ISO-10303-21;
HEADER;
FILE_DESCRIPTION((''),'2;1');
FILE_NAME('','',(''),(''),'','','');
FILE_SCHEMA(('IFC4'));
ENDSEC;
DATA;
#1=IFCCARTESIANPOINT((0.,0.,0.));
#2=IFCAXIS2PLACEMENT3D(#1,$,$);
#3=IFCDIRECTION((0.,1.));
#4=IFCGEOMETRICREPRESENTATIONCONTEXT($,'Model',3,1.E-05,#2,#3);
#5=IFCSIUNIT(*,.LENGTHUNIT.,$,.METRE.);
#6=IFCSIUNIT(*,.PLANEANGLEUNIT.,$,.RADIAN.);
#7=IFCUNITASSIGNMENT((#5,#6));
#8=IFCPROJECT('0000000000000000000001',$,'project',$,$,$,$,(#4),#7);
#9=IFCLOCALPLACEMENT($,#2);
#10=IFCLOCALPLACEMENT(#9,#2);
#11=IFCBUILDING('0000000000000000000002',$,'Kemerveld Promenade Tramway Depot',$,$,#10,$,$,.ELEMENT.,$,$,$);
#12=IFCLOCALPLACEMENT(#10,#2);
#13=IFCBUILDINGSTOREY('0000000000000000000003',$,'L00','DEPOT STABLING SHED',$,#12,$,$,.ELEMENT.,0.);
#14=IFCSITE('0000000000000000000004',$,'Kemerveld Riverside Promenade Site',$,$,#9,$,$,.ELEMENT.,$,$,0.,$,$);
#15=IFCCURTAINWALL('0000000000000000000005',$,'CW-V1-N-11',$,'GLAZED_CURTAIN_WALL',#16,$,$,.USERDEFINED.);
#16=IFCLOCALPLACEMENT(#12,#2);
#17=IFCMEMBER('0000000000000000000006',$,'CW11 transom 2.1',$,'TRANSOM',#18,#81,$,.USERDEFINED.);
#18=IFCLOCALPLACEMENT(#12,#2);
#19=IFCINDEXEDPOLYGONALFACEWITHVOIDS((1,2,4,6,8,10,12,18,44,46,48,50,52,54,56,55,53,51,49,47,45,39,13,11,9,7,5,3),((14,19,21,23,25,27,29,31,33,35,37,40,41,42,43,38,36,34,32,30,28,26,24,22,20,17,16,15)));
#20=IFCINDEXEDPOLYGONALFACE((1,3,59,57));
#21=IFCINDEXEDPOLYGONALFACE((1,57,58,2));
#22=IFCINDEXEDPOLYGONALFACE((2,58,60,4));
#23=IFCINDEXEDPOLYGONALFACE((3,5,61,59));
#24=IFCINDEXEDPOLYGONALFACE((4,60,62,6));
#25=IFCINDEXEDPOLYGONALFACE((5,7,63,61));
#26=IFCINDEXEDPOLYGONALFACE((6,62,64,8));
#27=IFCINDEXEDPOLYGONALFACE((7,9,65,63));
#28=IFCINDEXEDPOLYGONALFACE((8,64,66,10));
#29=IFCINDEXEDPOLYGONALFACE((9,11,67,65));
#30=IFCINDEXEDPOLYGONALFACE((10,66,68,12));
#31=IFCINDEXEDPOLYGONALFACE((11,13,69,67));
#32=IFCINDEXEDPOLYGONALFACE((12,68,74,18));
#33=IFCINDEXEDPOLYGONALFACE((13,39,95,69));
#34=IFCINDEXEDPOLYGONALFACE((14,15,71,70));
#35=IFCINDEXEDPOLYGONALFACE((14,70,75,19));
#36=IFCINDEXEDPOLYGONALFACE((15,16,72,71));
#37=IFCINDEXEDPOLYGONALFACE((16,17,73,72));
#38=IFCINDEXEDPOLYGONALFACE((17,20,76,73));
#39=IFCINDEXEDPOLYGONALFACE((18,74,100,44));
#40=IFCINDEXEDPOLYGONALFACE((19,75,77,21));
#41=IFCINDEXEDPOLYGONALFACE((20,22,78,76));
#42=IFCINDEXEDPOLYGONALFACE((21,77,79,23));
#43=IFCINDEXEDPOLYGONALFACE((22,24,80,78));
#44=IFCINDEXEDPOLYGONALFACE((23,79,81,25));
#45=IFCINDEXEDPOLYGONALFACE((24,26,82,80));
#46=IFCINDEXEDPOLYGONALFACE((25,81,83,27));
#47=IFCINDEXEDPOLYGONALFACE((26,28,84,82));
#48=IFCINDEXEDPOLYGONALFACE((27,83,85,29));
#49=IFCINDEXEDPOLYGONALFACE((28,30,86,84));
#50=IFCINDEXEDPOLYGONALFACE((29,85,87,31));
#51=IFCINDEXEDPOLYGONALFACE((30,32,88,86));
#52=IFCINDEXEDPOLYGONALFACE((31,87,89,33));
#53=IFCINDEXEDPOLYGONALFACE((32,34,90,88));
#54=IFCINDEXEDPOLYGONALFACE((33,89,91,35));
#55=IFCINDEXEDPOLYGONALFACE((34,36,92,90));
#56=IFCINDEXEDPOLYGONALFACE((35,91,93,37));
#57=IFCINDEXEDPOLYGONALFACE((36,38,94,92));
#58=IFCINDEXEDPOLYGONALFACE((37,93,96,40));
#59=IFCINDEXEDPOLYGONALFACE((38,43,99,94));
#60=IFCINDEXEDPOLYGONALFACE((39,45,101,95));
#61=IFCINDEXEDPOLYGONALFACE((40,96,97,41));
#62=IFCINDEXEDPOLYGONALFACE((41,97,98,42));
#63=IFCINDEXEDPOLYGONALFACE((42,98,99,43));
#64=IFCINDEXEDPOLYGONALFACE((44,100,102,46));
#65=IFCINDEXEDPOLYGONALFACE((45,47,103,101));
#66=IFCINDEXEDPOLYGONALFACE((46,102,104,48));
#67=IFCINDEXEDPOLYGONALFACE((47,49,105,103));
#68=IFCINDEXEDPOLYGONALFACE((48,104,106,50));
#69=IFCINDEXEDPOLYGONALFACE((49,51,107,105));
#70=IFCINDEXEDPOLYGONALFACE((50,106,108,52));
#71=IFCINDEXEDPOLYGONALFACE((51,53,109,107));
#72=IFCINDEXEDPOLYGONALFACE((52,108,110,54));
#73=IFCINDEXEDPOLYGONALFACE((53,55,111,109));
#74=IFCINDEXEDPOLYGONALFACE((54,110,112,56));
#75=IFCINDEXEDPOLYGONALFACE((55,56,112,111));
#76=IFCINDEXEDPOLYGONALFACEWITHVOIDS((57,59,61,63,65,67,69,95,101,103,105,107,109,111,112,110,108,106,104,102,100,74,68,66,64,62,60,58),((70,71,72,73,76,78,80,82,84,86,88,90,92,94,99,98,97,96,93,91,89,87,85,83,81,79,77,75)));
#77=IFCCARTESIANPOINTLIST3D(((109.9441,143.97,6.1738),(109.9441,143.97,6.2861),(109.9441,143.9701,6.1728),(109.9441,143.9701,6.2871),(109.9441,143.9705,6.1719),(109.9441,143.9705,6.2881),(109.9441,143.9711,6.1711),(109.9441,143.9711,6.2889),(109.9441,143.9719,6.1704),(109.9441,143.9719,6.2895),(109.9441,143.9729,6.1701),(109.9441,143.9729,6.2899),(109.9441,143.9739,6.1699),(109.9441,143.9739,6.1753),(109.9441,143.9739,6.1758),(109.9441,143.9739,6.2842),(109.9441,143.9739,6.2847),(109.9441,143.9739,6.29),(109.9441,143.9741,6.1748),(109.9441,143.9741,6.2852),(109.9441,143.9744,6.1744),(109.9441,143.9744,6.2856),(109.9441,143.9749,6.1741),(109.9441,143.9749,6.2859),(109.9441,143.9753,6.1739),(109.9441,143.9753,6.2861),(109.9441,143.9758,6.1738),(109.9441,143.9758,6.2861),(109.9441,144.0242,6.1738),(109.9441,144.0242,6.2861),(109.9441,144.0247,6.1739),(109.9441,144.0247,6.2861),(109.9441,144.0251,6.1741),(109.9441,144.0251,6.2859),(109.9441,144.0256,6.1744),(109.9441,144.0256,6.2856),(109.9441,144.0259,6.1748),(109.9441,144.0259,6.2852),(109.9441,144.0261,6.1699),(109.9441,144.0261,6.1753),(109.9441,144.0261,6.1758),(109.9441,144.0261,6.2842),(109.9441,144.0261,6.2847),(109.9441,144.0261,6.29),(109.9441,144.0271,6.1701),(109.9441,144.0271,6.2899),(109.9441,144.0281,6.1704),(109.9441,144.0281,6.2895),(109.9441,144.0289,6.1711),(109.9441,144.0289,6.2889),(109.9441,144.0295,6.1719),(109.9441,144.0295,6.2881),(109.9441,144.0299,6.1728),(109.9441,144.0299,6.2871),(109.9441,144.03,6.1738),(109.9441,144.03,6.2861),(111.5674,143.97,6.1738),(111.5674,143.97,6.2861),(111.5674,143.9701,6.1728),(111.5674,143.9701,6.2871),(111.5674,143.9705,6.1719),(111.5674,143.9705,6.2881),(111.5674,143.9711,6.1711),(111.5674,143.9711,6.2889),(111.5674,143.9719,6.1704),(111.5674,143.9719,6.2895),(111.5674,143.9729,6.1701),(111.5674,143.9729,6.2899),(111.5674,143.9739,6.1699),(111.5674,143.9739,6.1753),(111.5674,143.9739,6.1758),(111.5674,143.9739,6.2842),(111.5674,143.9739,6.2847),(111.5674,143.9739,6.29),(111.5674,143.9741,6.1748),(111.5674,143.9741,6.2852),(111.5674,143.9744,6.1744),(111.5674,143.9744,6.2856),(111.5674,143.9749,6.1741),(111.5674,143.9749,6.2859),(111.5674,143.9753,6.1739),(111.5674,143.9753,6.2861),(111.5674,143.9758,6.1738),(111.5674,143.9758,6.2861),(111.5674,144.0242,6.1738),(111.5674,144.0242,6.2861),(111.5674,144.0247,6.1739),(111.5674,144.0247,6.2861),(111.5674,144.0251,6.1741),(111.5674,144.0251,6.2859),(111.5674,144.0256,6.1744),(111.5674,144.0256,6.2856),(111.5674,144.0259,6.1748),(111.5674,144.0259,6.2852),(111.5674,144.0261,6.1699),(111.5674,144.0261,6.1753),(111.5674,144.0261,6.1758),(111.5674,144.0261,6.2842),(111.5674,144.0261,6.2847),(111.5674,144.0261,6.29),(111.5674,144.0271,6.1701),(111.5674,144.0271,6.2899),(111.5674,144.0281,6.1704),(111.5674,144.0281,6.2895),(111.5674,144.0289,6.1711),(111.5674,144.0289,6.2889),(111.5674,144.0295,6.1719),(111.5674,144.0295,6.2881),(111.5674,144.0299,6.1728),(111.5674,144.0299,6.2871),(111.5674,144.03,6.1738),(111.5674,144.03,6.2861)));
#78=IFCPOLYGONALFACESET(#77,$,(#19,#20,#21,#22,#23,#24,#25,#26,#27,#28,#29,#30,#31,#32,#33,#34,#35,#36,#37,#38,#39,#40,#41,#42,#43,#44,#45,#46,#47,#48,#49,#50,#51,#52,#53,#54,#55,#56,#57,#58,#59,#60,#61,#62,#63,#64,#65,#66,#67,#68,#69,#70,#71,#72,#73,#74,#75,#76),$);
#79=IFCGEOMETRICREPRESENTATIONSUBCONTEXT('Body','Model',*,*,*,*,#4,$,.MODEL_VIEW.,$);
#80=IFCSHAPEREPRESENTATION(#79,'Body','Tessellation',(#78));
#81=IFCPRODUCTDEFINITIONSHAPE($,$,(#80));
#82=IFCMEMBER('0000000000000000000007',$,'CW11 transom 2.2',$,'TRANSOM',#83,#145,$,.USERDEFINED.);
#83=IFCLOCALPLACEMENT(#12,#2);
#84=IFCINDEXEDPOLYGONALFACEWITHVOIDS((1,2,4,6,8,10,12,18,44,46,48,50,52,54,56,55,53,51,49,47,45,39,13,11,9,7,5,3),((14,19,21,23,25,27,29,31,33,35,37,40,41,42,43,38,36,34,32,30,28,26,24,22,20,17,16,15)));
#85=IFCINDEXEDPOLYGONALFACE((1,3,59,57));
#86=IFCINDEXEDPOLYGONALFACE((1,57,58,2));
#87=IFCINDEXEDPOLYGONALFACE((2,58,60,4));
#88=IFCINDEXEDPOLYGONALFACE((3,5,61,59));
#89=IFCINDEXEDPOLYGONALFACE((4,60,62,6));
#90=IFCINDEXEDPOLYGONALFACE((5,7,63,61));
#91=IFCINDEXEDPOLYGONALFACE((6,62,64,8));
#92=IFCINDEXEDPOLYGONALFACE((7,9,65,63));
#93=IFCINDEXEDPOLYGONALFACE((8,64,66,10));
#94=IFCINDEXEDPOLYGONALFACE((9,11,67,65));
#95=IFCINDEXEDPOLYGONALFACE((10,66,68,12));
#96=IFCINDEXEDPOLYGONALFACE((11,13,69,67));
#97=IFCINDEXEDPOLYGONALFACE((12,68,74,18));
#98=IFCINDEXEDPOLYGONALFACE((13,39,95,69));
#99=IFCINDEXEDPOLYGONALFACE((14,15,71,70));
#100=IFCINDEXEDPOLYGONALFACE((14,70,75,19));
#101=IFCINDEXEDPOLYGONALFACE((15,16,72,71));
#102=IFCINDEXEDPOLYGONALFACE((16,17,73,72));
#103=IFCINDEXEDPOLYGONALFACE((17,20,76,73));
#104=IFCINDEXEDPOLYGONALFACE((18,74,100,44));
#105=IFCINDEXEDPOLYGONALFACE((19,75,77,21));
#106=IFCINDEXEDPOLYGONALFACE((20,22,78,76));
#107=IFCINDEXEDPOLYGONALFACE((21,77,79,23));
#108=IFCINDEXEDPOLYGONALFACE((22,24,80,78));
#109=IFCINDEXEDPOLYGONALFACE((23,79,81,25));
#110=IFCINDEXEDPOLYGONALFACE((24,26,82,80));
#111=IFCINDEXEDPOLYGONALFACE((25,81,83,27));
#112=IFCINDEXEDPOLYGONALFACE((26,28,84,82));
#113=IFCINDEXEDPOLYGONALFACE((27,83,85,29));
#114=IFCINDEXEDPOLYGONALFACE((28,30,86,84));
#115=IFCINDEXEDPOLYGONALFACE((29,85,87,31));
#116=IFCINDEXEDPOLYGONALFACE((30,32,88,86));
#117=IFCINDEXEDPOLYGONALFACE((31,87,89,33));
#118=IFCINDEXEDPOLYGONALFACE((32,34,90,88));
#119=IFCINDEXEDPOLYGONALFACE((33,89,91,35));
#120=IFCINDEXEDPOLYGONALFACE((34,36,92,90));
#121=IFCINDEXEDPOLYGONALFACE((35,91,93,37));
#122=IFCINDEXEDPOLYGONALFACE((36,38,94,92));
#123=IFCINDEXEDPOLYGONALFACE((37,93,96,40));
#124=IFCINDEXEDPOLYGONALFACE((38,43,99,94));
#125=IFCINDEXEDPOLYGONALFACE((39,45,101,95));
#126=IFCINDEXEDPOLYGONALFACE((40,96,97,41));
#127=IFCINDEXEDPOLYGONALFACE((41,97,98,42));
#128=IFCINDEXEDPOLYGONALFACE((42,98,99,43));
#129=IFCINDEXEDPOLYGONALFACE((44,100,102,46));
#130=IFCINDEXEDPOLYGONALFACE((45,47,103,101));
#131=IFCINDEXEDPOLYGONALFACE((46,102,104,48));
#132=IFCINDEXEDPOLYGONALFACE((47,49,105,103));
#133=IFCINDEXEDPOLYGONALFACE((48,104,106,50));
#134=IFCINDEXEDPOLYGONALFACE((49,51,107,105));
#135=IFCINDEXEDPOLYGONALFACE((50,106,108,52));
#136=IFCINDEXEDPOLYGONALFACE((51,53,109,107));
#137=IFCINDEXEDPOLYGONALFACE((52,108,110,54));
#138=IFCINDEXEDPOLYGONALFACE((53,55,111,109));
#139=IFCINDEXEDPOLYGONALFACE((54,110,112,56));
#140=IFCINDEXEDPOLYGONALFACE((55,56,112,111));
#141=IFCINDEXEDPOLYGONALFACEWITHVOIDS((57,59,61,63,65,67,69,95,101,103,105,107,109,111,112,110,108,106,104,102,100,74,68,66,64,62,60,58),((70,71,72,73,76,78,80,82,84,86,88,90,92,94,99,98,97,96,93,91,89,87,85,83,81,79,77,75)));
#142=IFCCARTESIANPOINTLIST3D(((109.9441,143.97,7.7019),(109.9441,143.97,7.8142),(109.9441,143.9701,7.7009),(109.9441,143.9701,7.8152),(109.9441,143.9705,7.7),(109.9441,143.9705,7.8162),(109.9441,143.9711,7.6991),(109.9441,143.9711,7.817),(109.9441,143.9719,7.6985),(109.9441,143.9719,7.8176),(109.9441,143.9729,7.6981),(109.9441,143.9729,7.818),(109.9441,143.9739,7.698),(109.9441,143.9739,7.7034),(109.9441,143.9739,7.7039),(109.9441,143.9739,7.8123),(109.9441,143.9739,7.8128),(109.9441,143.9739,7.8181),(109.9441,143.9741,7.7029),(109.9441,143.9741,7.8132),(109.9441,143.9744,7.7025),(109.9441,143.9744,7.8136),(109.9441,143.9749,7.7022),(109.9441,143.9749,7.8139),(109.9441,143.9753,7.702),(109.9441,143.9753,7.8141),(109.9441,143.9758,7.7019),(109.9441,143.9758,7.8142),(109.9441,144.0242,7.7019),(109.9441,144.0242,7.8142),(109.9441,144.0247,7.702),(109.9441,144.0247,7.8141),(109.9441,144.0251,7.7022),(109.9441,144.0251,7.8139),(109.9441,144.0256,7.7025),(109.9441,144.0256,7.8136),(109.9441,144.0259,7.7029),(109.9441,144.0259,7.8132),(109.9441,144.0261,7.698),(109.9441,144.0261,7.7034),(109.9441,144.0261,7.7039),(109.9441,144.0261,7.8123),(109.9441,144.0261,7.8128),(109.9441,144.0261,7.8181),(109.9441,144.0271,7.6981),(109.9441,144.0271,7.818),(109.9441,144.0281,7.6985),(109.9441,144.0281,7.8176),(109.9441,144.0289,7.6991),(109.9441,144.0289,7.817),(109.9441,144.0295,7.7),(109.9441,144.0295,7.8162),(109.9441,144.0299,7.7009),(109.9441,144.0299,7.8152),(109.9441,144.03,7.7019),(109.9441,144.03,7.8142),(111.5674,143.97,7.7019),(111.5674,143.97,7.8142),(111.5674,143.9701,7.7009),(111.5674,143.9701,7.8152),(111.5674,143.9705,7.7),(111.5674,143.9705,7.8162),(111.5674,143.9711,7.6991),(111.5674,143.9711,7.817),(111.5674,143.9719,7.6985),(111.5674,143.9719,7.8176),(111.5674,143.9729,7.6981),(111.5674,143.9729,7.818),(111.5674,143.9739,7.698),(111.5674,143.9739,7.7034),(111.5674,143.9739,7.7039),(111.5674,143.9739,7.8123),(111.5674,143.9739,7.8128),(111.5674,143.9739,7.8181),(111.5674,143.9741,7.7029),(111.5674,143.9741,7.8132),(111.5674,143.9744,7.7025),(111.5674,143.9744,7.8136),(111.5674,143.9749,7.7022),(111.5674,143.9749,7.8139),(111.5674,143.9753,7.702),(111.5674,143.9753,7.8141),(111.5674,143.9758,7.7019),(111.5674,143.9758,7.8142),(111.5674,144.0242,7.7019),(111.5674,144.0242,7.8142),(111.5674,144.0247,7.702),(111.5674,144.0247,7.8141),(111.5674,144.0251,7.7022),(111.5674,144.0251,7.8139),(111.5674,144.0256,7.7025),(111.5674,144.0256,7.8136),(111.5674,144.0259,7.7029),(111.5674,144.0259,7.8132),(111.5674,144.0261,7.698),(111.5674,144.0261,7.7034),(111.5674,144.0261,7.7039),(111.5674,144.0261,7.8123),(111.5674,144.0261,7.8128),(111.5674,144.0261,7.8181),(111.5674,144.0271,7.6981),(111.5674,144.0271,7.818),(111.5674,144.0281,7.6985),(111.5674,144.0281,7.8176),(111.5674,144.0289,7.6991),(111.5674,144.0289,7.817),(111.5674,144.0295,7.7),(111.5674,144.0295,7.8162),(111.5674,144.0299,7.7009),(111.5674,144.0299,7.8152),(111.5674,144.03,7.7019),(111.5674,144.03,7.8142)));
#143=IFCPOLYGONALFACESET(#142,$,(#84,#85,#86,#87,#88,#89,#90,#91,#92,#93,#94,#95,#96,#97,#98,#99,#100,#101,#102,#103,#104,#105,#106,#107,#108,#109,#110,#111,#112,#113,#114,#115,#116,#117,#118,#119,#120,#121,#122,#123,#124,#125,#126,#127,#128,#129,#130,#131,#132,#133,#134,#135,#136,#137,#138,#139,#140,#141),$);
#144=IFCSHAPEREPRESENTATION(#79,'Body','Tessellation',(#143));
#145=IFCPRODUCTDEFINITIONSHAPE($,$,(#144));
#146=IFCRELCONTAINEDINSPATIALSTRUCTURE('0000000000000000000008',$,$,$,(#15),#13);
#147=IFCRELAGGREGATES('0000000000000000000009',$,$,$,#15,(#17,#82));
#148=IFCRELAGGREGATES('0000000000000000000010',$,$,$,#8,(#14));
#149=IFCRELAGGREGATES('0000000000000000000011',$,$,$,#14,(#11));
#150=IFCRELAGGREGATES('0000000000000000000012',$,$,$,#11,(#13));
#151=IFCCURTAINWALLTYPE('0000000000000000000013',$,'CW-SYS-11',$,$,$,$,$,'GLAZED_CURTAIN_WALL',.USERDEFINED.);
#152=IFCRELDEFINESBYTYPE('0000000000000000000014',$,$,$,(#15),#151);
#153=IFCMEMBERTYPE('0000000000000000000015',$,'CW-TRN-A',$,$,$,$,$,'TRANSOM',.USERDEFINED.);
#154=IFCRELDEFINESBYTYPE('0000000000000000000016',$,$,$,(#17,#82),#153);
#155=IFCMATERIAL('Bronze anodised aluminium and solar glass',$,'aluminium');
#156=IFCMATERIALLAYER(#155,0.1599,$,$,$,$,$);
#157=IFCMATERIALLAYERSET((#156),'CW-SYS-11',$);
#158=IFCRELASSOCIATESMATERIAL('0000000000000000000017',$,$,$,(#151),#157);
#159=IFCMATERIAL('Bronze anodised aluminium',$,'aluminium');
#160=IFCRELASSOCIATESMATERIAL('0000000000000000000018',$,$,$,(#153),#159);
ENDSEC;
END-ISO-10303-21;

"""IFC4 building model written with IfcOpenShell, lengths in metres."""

from ifc_helpers import new_model, si_unit, direction, frame, origin, origin_2d, place, context, subcontext, project, spatial, hollow_rectangle, extrude, material, layer, layer_set, material_profile, profile_set, type_object, element, aggregate, save


model = new_model("IFC4")

# Units and contexts
model_context = context("Model", 3, precision=1e-05, world=origin(), true_north=direction((0.0, 1.0)))
body_context = subcontext(model_context, "Body", "Model", "MODEL_VIEW")
ifc_project = project(units=[si_unit("LENGTHUNIT", "METRE"), si_unit("PLANEANGLEUNIT", "RADIAN")], contexts=[model_context])

# Site, building, storey
site_placement = place(None, origin())
site = spatial("IfcSite", under=ifc_project, at=site_placement, Name="Kemerveld Riverside Promenade Site", CompositionType="ELEMENT", RefElevation=0.0)
building_placement = place(site_placement, origin())
building = spatial("IfcBuilding", under=site, at=building_placement, Name="Kemerveld Promenade Tramway Depot", CompositionType="ELEMENT")
storey_placement = place(building_placement, origin())
storey = spatial("IfcBuildingStorey", under=building, at=storey_placement, Name="L00", Description="DEPOT STABLING SHED", CompositionType="ELEMENT", Elevation=0.0)

# Curtain wall
ifc_material_1 = material(Name="Bronze anodised aluminium and solar glass", Category="aluminium")
ifc_layer_1 = layer(ifc_material_1, 0.1599)
ifc_layer_set_1 = layer_set([ifc_layer_1], Name="CW-SYS-11")
curtain_wall_type_1 = type_object("IfcCurtainWallType", Name="CW-SYS-11", ElementType="GLAZED_CURTAIN_WALL", PredefinedType="USERDEFINED", material=ifc_layer_set_1)
curtain_wall_1_placement = place(storey_placement, origin())
curtain_wall_1 = element("IfcCurtainWall", 1, at=curtain_wall_1_placement, inside=storey, type_object=curtain_wall_type_1, Name="CW-V1-N-11", ObjectType="GLAZED_CURTAIN_WALL", PredefinedType="USERDEFINED")
ifc_material_2 = material(Name="Bronze anodised aluminium", Category="aluminium")

# Members
ifc_material_profile_1 = material_profile(ifc_material_2, hollow_rectangle(XDim=0.0601, YDim=0.1201, WallThickness=0.0039, InnerFilletRadius=0.002, OuterFilletRadius=0.0039, at=origin_2d()), Name="CW-TRN-120x60")
ifc_profile_set_1 = profile_set([ifc_material_profile_1], Name="Bronze anodised aluminium")
member_type_1 = type_object("IfcMemberType", Name="CW-TRN-A", ElementType="TRANSOM", PredefinedType="USERDEFINED", material=ifc_profile_set_1)
member_1_placement = place(storey_placement, frame((109.9441, 144.0, 6.23), z_axis=(1.0, 0.0, 0.0), x_axis=(0.0, 1.0, 0.0)))
member_1 = element("IfcMember", 2, at=member_1_placement, type_object=member_type_1, Name="CW11 transom 2.1", ObjectType="TRANSOM", PredefinedType="USERDEFINED", context=body_context, shape_type="SweptSolid", body=[
    extrude(hollow_rectangle(XDim=0.0601, YDim=0.1201, WallThickness=0.0039, InnerFilletRadius=0.002, OuterFilletRadius=0.0039, at=origin_2d()), origin(), (0.0, 0.0, 1.0), 1.6233),
])
member_2_placement = place(storey_placement, frame((109.9441, 144.0, 7.7581), z_axis=(1.0, 0.0, 0.0), x_axis=(0.0, 1.0, 0.0)))
member_2 = element("IfcMember", 3, at=member_2_placement, type_object=member_type_1, Name="CW11 transom 2.2", ObjectType="TRANSOM", PredefinedType="USERDEFINED", context=body_context, shape_type="SweptSolid", body=[
    extrude(hollow_rectangle(XDim=0.0601, YDim=0.1201, WallThickness=0.0039, InnerFilletRadius=0.002, OuterFilletRadius=0.0039, at=origin_2d()), origin(), (0.0, 0.0, 1.0), 1.6233),
])

aggregate(curtain_wall_1, [member_1, member_2])

save(model, "model.ifc")
